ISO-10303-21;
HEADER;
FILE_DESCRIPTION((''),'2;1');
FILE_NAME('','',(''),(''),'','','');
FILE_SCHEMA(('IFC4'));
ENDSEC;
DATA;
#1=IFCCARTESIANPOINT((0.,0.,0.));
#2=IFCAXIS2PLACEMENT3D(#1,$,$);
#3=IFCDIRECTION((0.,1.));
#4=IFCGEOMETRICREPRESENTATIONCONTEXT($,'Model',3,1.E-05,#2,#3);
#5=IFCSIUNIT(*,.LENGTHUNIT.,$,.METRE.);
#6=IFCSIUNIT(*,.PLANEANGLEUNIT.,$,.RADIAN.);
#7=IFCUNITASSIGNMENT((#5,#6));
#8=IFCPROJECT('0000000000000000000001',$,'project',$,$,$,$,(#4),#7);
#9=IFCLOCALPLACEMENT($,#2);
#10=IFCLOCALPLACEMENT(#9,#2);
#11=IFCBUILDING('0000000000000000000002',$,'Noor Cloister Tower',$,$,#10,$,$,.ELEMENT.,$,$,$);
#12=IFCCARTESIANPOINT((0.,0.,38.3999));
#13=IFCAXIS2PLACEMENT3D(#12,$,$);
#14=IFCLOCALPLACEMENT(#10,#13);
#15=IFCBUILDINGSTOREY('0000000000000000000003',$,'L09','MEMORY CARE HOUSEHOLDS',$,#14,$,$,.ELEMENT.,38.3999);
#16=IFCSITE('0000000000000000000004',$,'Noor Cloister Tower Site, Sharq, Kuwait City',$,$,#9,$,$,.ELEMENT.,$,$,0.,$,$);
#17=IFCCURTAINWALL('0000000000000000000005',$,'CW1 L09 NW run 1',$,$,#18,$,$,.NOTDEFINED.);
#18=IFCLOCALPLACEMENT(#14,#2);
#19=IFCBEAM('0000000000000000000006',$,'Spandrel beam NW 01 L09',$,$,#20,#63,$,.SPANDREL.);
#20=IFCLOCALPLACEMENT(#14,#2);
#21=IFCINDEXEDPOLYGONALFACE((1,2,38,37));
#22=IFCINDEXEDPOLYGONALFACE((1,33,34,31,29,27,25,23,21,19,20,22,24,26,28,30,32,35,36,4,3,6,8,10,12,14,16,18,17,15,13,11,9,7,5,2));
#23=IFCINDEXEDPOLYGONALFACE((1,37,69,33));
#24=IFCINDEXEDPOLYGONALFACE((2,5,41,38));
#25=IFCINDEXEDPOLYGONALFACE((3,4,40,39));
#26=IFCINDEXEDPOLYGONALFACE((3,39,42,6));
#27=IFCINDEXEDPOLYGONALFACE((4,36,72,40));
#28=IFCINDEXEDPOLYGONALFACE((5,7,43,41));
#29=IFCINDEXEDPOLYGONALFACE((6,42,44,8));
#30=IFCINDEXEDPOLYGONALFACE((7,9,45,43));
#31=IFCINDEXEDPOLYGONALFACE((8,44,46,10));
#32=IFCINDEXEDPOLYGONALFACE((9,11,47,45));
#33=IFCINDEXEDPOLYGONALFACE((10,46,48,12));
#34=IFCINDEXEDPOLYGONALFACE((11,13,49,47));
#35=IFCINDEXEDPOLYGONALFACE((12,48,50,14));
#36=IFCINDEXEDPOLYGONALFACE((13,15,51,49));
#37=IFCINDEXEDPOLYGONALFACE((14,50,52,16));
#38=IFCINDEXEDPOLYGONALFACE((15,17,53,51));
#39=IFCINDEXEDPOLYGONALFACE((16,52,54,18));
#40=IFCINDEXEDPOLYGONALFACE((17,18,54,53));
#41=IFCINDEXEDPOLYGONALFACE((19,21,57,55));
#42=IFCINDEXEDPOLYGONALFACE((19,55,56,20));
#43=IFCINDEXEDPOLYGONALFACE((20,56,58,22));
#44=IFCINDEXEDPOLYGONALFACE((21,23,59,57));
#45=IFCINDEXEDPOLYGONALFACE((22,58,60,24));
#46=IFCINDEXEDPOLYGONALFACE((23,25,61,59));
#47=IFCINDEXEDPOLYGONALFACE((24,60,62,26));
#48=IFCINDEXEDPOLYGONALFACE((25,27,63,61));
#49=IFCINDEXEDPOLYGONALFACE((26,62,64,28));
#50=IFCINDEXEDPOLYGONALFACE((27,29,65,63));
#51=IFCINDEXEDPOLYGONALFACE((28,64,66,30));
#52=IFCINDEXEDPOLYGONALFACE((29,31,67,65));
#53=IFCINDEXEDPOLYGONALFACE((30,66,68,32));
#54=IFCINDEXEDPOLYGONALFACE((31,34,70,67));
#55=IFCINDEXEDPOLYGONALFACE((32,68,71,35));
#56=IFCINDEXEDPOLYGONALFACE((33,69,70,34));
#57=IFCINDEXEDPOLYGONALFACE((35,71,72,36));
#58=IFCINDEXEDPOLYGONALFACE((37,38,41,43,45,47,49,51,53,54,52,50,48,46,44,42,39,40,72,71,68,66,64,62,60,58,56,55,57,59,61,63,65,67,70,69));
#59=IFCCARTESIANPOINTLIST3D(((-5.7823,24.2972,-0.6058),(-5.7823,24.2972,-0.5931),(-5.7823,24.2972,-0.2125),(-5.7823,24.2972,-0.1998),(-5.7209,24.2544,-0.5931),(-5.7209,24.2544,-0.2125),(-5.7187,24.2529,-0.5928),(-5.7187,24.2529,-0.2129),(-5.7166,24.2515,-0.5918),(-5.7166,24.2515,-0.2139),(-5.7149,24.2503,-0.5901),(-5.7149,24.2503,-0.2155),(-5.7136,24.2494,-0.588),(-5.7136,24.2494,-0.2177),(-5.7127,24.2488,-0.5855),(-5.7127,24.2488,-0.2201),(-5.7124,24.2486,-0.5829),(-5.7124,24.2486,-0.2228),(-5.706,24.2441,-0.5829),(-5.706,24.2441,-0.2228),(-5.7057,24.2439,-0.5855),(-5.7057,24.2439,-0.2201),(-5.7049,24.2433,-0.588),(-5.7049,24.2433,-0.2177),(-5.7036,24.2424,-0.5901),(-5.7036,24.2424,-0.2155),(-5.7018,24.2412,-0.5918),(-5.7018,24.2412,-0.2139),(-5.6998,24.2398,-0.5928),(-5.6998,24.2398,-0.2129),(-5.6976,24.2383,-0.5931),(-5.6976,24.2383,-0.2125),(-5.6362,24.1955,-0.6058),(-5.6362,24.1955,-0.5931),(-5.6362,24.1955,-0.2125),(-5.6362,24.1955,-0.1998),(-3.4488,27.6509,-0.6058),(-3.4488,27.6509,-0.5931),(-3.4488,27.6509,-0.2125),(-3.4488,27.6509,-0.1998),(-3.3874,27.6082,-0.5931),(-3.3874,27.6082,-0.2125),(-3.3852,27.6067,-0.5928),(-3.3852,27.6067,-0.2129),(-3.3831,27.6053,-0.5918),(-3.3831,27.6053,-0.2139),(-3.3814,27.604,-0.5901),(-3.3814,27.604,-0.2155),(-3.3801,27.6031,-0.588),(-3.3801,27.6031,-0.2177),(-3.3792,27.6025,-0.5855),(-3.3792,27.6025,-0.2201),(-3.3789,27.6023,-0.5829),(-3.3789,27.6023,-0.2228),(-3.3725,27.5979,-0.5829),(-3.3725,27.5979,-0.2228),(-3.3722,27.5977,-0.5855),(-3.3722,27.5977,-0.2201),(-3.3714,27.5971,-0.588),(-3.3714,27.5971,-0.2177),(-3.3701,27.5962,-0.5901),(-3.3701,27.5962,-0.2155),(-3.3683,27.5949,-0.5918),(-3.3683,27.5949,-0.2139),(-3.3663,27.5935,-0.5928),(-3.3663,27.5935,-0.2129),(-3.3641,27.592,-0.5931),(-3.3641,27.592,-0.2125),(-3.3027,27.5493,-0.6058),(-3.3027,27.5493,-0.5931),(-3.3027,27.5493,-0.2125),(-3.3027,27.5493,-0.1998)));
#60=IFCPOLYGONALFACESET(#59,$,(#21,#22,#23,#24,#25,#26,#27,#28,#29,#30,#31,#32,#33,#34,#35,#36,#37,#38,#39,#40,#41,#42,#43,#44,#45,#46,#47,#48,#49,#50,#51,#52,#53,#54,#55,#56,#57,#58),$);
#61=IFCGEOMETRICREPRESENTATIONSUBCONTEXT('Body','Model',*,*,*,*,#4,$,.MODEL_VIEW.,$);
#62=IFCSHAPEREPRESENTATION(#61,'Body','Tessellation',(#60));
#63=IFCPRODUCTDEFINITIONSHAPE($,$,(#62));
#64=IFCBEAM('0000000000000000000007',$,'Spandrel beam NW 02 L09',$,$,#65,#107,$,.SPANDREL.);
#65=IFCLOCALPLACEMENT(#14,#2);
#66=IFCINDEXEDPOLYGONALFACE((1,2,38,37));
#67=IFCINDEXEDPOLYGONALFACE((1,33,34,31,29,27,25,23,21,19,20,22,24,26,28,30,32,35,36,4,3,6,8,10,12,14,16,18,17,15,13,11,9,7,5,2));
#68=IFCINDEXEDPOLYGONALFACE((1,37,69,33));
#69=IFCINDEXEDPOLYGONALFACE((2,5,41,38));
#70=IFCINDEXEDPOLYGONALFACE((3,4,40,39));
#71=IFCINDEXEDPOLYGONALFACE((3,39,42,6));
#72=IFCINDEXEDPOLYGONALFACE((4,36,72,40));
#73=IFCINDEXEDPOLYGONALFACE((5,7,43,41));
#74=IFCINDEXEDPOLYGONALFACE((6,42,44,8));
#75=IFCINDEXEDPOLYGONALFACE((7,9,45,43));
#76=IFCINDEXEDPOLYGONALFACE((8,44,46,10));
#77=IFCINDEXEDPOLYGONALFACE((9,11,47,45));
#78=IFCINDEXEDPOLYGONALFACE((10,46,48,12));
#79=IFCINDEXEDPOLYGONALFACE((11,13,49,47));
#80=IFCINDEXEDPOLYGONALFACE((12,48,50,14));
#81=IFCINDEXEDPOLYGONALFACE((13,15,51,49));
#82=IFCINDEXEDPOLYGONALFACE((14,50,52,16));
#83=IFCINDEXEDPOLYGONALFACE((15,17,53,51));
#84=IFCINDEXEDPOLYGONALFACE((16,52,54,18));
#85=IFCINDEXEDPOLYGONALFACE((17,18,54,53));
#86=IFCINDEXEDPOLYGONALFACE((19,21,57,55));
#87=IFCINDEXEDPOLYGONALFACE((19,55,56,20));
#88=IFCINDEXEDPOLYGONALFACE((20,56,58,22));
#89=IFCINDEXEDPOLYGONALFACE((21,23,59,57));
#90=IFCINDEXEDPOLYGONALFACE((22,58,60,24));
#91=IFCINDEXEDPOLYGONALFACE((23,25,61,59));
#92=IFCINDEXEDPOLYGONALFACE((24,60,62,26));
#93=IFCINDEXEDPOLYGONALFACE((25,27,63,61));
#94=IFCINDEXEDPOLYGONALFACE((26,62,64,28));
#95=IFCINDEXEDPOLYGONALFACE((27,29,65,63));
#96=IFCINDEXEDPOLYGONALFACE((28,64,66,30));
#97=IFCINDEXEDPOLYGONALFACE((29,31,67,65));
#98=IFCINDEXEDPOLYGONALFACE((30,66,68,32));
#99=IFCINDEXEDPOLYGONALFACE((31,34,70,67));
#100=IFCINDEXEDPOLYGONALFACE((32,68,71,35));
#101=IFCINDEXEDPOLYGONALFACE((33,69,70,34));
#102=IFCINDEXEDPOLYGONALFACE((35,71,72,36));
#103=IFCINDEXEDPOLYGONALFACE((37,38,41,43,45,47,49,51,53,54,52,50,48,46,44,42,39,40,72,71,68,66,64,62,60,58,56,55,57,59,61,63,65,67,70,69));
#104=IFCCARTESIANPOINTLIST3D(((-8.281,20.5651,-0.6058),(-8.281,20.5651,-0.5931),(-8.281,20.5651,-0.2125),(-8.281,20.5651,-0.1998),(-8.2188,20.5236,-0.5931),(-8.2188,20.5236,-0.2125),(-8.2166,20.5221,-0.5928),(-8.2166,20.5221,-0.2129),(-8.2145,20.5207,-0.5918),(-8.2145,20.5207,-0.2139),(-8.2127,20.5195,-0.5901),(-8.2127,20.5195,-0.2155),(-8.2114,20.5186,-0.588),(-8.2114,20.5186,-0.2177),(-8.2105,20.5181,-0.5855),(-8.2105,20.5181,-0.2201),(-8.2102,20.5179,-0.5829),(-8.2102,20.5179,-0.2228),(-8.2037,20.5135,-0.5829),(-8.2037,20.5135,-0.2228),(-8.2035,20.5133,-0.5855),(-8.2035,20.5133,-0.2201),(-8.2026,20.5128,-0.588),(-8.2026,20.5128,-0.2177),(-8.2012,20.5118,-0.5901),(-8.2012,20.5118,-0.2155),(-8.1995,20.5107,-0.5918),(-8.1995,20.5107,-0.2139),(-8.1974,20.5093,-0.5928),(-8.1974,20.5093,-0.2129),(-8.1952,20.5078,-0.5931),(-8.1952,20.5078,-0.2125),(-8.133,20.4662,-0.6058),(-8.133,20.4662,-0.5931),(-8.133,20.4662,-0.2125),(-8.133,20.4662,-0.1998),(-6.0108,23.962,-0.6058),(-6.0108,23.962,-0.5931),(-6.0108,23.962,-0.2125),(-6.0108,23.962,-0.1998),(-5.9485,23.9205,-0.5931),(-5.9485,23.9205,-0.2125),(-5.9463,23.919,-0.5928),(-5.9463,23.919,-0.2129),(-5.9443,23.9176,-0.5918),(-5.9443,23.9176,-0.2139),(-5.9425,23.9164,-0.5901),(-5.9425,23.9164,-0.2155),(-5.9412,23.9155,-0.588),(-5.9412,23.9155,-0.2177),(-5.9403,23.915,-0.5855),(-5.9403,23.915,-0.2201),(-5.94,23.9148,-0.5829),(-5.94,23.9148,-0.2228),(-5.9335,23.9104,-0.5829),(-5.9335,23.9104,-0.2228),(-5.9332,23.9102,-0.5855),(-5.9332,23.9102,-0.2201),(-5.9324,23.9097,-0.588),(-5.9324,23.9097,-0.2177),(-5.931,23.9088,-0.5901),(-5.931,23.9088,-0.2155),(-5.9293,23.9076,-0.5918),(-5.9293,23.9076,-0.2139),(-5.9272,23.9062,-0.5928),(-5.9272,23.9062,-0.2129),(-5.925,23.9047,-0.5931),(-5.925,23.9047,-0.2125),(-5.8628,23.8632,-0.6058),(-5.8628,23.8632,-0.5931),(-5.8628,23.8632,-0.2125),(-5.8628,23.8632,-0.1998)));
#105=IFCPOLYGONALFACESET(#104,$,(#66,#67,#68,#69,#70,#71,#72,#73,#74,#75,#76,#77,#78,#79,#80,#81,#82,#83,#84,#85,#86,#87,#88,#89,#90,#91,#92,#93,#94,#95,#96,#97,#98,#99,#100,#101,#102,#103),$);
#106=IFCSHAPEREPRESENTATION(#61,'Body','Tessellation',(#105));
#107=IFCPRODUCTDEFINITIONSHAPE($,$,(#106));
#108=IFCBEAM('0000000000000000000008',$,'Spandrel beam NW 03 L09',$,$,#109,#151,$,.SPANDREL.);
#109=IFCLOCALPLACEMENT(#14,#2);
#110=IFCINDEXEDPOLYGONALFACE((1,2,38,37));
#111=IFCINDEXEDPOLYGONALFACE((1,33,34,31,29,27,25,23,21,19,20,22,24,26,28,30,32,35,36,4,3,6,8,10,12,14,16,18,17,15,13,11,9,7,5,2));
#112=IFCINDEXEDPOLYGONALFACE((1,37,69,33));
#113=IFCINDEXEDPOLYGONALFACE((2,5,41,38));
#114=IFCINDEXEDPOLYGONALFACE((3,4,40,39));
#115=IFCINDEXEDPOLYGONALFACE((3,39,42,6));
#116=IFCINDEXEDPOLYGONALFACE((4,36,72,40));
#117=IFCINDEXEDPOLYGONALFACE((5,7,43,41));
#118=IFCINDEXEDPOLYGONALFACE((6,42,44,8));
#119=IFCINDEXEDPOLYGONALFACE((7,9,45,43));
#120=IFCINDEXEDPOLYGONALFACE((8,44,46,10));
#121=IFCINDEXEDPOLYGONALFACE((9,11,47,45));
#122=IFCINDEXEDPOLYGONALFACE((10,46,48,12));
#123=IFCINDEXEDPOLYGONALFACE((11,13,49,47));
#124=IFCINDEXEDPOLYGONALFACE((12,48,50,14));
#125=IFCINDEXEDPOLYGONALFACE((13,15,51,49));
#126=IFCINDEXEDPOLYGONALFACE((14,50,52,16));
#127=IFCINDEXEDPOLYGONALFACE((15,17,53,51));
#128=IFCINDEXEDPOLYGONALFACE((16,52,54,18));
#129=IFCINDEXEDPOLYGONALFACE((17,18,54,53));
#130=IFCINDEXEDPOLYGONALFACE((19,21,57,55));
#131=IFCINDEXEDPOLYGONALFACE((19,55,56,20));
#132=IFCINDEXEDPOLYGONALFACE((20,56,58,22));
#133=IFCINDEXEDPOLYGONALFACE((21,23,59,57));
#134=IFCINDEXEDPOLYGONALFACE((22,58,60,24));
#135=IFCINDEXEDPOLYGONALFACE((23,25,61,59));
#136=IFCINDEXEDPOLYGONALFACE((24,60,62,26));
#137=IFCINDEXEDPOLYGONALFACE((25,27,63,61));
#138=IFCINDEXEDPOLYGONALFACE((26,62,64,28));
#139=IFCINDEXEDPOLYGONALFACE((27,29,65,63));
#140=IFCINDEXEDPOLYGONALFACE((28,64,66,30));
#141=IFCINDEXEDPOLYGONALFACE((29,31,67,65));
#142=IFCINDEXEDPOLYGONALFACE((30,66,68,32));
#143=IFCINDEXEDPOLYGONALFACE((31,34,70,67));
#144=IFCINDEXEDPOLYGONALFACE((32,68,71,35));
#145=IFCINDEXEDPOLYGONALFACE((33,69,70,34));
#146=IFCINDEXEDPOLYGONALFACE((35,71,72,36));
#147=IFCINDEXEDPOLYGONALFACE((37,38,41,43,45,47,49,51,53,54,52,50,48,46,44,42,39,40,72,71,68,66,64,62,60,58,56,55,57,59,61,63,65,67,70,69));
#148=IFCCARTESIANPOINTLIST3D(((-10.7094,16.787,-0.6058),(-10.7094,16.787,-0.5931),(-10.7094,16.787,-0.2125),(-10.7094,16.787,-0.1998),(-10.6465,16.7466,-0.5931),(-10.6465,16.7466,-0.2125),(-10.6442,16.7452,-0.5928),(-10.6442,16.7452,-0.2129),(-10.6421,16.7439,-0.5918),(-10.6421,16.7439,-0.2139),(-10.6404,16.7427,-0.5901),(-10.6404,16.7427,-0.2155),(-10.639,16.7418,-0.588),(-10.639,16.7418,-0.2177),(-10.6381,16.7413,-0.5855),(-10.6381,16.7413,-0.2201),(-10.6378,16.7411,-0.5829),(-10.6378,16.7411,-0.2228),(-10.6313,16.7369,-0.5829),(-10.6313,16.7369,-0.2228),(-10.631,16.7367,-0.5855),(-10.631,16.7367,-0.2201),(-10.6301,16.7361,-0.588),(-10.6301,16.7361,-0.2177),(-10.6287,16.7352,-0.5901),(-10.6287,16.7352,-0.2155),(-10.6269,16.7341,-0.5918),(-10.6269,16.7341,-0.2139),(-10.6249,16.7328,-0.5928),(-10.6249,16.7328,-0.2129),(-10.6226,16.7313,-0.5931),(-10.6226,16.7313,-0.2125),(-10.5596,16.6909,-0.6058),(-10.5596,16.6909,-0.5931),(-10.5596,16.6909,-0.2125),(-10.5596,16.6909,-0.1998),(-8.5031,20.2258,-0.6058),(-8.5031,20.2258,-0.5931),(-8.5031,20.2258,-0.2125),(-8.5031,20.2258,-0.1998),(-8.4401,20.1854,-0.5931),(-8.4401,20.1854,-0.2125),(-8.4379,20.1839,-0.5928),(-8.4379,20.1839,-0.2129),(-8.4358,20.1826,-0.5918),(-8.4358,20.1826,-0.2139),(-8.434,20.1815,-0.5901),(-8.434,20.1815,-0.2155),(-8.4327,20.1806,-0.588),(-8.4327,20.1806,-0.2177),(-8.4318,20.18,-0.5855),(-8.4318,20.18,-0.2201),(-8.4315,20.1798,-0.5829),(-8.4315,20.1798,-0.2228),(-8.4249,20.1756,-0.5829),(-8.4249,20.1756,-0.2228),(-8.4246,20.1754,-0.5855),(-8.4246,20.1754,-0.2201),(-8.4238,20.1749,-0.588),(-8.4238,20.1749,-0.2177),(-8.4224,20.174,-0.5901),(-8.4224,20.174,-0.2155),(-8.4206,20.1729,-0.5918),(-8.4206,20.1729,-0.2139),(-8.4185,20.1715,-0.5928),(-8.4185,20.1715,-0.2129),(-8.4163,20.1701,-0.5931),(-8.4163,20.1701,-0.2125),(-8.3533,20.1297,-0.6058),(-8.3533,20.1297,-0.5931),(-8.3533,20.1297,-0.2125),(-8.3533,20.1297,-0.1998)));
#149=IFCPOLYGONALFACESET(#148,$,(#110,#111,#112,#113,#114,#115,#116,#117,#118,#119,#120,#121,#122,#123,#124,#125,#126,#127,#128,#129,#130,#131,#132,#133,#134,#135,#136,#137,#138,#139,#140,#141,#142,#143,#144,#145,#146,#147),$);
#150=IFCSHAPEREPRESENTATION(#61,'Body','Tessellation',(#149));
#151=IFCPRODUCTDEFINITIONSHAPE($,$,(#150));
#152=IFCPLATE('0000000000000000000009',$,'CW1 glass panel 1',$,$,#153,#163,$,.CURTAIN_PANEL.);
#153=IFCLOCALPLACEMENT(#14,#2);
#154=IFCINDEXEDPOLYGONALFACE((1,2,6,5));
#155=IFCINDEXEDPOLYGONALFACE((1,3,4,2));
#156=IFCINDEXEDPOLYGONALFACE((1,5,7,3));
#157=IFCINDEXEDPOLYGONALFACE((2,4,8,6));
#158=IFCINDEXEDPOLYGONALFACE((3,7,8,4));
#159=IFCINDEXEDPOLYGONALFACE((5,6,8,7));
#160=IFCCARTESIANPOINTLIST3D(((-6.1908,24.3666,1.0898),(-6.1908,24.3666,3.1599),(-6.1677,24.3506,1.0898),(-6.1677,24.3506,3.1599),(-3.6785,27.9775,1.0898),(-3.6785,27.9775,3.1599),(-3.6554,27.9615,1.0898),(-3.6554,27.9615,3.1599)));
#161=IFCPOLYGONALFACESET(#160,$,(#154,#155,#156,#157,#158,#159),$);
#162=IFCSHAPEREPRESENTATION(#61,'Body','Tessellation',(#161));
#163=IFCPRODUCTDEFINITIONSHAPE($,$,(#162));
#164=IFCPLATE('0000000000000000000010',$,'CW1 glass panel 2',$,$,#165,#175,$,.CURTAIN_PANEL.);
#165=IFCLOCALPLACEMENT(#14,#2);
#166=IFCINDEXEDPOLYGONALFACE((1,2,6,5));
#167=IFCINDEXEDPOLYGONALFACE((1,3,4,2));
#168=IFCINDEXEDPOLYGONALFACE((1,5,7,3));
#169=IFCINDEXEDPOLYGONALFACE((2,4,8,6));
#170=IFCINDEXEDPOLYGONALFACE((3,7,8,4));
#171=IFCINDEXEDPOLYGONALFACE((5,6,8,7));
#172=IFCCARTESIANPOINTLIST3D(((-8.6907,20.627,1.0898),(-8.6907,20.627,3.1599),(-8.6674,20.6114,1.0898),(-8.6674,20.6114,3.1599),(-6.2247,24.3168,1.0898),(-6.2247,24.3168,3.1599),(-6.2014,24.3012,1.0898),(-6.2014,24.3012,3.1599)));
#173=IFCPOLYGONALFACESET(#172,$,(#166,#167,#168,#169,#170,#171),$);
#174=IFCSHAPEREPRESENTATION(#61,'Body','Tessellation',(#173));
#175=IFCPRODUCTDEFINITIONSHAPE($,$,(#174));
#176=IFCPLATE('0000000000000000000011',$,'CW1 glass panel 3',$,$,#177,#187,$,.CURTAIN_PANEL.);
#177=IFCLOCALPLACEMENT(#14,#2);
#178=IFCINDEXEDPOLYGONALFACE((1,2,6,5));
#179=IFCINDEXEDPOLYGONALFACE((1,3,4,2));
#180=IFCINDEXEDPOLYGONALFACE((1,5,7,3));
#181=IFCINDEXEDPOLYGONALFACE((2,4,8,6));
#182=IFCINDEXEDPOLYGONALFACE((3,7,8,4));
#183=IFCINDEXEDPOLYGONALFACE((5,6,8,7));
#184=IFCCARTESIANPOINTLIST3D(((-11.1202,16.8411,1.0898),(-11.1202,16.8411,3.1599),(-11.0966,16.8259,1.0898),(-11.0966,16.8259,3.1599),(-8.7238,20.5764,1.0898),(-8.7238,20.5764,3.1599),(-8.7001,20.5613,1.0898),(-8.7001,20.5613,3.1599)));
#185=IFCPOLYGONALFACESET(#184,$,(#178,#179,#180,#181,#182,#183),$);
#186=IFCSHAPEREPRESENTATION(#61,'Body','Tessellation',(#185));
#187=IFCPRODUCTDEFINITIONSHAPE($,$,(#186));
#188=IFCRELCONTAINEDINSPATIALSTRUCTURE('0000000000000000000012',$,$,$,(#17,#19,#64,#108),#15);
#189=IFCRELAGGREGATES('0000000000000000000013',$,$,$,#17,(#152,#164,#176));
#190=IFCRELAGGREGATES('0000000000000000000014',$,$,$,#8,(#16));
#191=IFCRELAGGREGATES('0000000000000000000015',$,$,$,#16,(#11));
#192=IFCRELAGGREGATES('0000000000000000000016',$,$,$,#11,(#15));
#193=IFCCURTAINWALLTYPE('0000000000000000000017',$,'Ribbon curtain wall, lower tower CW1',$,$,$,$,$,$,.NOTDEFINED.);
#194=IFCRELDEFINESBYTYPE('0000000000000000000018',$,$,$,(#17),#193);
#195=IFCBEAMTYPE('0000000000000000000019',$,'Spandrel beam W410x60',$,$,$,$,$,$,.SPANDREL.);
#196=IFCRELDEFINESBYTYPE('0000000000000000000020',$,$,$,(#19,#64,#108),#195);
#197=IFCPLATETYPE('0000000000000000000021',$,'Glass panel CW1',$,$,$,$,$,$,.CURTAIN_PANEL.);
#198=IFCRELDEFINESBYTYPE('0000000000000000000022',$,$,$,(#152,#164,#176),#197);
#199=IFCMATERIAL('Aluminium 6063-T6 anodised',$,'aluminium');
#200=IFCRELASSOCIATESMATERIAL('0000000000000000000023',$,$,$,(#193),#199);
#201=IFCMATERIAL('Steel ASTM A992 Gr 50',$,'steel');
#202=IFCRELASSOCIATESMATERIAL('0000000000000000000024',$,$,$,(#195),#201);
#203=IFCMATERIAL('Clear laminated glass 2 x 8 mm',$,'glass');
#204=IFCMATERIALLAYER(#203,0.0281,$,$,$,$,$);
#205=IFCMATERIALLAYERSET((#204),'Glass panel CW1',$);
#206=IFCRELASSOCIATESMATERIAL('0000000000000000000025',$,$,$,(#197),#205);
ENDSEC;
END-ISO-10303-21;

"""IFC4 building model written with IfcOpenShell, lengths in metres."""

from ifc_helpers import new_model, si_unit, direction, frame, origin, origin_2d, place, context, subcontext, project, spatial, rectangle, i_section, extrude, material, layer, layer_set, material_profile, profile_set, type_object, element, aggregate, save


model = new_model("IFC4")

# Units and contexts
model_context = context("Model", 3, precision=1e-05, world=origin(), true_north=direction((0.0, 1.0)))
body_context = subcontext(model_context, "Body", "Model", "MODEL_VIEW")
ifc_project = project(units=[si_unit("LENGTHUNIT", "METRE"), si_unit("PLANEANGLEUNIT", "RADIAN")], contexts=[model_context])

# Site, building, storey
site_placement = place(None, origin())
site = spatial("IfcSite", under=ifc_project, at=site_placement, Name="Noor Cloister Tower Site, Sharq, Kuwait City", CompositionType="ELEMENT", RefElevation=0.0)
building_placement = place(site_placement, origin())
building = spatial("IfcBuilding", under=site, at=building_placement, Name="Noor Cloister Tower", CompositionType="ELEMENT")
storey_placement = place(building_placement, frame((0.0, 0.0, 38.3999)))
storey = spatial("IfcBuildingStorey", under=building, at=storey_placement, Name="L09", Description="MEMORY CARE HOUSEHOLDS", CompositionType="ELEMENT", Elevation=38.3999)

# Curtain wall
ifc_material_1 = material(Name="Aluminium 6063-T6 anodised", Category="aluminium")
curtain_wall_type = type_object("IfcCurtainWallType", Name="Ribbon curtain wall, lower tower CW1", PredefinedType="NOTDEFINED", material=ifc_material_1)
curtain_wall_placement = place(storey_placement, origin())
curtain_wall = element("IfcCurtainWall", 1, at=curtain_wall_placement, inside=storey, type_object=curtain_wall_type, Name="CW1 L09 NW run 1", PredefinedType="NOTDEFINED")

# Beams
ifc_material_2 = material(Name="Steel ASTM A992 Gr 50", Category="steel")
ifc_material_profile_1 = material_profile(ifc_material_2, i_section(OverallWidth=0.178, OverallDepth=0.406, WebThickness=0.0078, FlangeThickness=0.0127, FilletRadius=0.0103, at=origin_2d()), Name="W410x60")
ifc_profile_set_1 = profile_set([ifc_material_profile_1], Name="Steel ASTM A992 Gr 50")
beam_type_1 = type_object("IfcBeamType", Name="Spandrel beam W410x60", PredefinedType="SPANDREL", material=ifc_profile_set_1)
for number, where, z_axis, x_axis, name in (
    (2, (-3.3757, 27.6001, -0.4028), (-0.571138, -0.820854, 0.0), (0.820854, -0.571138, 0.0), "Spandrel beam NW 01 L09"),
    (3, (-5.9368, 23.9126, -0.4028), (-0.555651, -0.831415, 0.0), (0.831415, -0.555651, 0.0), "Spandrel beam NW 02 L09"),
    (4, (-8.4282, 20.1777, -0.4028), (-0.540011, -0.841658, 0.0), (0.841658, -0.540011, 0.0), "Spandrel beam NW 03 L09"),
):
    element("IfcBeam", number, at=place(storey_placement, frame(where, z_axis=z_axis, x_axis=x_axis)), inside=storey, type_object=beam_type_1, Name=name, PredefinedType="SPANDREL", context=body_context, shape_type="SweptSolid", body=[
        extrude(i_section(OverallWidth=0.178, OverallDepth=0.406, WebThickness=0.0078, FlangeThickness=0.0127, FilletRadius=0.0103, at=origin_2d()), origin(), (0.0, 0.0, 1.0), 4.0857),
    ])

# Plates
ifc_material_3 = material(Name="Clear laminated glass 2 x 8 mm", Category="glass")
ifc_layer = layer(ifc_material_3, 0.0281)
ifc_layer_set = layer_set([ifc_layer], Name="Glass panel CW1")
plate_type = type_object("IfcPlateType", Name="Glass panel CW1", PredefinedType="CURTAIN_PANEL", material=ifc_layer_set)
plate_1_placement = place(storey_placement, frame((-4.9231, 26.1641, 1.0898), z_axis=(0.0, 0.0, 1.0), x_axis=(-0.571122, -0.820865, 0.0)))
plate_1 = element("IfcPlate", 5, at=plate_1_placement, type_object=plate_type, Name="CW1 glass panel 1", PredefinedType="CURTAIN_PANEL", context=body_context, shape_type="SweptSolid", body=[
    extrude(rectangle(XDim=4.3989, YDim=0.0281, at=origin_2d()), origin(), (0.0, 0.0, 1.0), 2.0701),
])
plate_2_placement = place(storey_placement, frame((-7.446, 22.4641, 1.0898), z_axis=(0.0, 0.0, 1.0), x_axis=(-0.55565, -0.831416, 0.0)))
plate_2 = element("IfcPlate", 6, at=plate_2_placement, type_object=plate_type, Name="CW1 glass panel 2", PredefinedType="CURTAIN_PANEL", context=body_context, shape_type="SweptSolid", body=[
    extrude(rectangle(XDim=4.438, YDim=0.0281, at=origin_2d()), origin(), (0.0, 0.0, 1.0), 2.0701),
])
plate_3_placement = place(storey_placement, frame((-9.9102, 18.7012, 1.0898), z_axis=(0.0, 0.0, 1.0), x_axis=(-0.539983, -0.841676, 0.0)))
plate_3 = element("IfcPlate", 7, at=plate_3_placement, type_object=plate_type, Name="CW1 glass panel 3", PredefinedType="CURTAIN_PANEL", context=body_context, shape_type="SweptSolid", body=[
    extrude(rectangle(XDim=4.438, YDim=0.0281, at=origin_2d()), origin(), (0.0, 0.0, 1.0), 2.0701),
])
aggregate(curtain_wall, [plate_1, plate_2, plate_3])

save(model, "model.ifc")
